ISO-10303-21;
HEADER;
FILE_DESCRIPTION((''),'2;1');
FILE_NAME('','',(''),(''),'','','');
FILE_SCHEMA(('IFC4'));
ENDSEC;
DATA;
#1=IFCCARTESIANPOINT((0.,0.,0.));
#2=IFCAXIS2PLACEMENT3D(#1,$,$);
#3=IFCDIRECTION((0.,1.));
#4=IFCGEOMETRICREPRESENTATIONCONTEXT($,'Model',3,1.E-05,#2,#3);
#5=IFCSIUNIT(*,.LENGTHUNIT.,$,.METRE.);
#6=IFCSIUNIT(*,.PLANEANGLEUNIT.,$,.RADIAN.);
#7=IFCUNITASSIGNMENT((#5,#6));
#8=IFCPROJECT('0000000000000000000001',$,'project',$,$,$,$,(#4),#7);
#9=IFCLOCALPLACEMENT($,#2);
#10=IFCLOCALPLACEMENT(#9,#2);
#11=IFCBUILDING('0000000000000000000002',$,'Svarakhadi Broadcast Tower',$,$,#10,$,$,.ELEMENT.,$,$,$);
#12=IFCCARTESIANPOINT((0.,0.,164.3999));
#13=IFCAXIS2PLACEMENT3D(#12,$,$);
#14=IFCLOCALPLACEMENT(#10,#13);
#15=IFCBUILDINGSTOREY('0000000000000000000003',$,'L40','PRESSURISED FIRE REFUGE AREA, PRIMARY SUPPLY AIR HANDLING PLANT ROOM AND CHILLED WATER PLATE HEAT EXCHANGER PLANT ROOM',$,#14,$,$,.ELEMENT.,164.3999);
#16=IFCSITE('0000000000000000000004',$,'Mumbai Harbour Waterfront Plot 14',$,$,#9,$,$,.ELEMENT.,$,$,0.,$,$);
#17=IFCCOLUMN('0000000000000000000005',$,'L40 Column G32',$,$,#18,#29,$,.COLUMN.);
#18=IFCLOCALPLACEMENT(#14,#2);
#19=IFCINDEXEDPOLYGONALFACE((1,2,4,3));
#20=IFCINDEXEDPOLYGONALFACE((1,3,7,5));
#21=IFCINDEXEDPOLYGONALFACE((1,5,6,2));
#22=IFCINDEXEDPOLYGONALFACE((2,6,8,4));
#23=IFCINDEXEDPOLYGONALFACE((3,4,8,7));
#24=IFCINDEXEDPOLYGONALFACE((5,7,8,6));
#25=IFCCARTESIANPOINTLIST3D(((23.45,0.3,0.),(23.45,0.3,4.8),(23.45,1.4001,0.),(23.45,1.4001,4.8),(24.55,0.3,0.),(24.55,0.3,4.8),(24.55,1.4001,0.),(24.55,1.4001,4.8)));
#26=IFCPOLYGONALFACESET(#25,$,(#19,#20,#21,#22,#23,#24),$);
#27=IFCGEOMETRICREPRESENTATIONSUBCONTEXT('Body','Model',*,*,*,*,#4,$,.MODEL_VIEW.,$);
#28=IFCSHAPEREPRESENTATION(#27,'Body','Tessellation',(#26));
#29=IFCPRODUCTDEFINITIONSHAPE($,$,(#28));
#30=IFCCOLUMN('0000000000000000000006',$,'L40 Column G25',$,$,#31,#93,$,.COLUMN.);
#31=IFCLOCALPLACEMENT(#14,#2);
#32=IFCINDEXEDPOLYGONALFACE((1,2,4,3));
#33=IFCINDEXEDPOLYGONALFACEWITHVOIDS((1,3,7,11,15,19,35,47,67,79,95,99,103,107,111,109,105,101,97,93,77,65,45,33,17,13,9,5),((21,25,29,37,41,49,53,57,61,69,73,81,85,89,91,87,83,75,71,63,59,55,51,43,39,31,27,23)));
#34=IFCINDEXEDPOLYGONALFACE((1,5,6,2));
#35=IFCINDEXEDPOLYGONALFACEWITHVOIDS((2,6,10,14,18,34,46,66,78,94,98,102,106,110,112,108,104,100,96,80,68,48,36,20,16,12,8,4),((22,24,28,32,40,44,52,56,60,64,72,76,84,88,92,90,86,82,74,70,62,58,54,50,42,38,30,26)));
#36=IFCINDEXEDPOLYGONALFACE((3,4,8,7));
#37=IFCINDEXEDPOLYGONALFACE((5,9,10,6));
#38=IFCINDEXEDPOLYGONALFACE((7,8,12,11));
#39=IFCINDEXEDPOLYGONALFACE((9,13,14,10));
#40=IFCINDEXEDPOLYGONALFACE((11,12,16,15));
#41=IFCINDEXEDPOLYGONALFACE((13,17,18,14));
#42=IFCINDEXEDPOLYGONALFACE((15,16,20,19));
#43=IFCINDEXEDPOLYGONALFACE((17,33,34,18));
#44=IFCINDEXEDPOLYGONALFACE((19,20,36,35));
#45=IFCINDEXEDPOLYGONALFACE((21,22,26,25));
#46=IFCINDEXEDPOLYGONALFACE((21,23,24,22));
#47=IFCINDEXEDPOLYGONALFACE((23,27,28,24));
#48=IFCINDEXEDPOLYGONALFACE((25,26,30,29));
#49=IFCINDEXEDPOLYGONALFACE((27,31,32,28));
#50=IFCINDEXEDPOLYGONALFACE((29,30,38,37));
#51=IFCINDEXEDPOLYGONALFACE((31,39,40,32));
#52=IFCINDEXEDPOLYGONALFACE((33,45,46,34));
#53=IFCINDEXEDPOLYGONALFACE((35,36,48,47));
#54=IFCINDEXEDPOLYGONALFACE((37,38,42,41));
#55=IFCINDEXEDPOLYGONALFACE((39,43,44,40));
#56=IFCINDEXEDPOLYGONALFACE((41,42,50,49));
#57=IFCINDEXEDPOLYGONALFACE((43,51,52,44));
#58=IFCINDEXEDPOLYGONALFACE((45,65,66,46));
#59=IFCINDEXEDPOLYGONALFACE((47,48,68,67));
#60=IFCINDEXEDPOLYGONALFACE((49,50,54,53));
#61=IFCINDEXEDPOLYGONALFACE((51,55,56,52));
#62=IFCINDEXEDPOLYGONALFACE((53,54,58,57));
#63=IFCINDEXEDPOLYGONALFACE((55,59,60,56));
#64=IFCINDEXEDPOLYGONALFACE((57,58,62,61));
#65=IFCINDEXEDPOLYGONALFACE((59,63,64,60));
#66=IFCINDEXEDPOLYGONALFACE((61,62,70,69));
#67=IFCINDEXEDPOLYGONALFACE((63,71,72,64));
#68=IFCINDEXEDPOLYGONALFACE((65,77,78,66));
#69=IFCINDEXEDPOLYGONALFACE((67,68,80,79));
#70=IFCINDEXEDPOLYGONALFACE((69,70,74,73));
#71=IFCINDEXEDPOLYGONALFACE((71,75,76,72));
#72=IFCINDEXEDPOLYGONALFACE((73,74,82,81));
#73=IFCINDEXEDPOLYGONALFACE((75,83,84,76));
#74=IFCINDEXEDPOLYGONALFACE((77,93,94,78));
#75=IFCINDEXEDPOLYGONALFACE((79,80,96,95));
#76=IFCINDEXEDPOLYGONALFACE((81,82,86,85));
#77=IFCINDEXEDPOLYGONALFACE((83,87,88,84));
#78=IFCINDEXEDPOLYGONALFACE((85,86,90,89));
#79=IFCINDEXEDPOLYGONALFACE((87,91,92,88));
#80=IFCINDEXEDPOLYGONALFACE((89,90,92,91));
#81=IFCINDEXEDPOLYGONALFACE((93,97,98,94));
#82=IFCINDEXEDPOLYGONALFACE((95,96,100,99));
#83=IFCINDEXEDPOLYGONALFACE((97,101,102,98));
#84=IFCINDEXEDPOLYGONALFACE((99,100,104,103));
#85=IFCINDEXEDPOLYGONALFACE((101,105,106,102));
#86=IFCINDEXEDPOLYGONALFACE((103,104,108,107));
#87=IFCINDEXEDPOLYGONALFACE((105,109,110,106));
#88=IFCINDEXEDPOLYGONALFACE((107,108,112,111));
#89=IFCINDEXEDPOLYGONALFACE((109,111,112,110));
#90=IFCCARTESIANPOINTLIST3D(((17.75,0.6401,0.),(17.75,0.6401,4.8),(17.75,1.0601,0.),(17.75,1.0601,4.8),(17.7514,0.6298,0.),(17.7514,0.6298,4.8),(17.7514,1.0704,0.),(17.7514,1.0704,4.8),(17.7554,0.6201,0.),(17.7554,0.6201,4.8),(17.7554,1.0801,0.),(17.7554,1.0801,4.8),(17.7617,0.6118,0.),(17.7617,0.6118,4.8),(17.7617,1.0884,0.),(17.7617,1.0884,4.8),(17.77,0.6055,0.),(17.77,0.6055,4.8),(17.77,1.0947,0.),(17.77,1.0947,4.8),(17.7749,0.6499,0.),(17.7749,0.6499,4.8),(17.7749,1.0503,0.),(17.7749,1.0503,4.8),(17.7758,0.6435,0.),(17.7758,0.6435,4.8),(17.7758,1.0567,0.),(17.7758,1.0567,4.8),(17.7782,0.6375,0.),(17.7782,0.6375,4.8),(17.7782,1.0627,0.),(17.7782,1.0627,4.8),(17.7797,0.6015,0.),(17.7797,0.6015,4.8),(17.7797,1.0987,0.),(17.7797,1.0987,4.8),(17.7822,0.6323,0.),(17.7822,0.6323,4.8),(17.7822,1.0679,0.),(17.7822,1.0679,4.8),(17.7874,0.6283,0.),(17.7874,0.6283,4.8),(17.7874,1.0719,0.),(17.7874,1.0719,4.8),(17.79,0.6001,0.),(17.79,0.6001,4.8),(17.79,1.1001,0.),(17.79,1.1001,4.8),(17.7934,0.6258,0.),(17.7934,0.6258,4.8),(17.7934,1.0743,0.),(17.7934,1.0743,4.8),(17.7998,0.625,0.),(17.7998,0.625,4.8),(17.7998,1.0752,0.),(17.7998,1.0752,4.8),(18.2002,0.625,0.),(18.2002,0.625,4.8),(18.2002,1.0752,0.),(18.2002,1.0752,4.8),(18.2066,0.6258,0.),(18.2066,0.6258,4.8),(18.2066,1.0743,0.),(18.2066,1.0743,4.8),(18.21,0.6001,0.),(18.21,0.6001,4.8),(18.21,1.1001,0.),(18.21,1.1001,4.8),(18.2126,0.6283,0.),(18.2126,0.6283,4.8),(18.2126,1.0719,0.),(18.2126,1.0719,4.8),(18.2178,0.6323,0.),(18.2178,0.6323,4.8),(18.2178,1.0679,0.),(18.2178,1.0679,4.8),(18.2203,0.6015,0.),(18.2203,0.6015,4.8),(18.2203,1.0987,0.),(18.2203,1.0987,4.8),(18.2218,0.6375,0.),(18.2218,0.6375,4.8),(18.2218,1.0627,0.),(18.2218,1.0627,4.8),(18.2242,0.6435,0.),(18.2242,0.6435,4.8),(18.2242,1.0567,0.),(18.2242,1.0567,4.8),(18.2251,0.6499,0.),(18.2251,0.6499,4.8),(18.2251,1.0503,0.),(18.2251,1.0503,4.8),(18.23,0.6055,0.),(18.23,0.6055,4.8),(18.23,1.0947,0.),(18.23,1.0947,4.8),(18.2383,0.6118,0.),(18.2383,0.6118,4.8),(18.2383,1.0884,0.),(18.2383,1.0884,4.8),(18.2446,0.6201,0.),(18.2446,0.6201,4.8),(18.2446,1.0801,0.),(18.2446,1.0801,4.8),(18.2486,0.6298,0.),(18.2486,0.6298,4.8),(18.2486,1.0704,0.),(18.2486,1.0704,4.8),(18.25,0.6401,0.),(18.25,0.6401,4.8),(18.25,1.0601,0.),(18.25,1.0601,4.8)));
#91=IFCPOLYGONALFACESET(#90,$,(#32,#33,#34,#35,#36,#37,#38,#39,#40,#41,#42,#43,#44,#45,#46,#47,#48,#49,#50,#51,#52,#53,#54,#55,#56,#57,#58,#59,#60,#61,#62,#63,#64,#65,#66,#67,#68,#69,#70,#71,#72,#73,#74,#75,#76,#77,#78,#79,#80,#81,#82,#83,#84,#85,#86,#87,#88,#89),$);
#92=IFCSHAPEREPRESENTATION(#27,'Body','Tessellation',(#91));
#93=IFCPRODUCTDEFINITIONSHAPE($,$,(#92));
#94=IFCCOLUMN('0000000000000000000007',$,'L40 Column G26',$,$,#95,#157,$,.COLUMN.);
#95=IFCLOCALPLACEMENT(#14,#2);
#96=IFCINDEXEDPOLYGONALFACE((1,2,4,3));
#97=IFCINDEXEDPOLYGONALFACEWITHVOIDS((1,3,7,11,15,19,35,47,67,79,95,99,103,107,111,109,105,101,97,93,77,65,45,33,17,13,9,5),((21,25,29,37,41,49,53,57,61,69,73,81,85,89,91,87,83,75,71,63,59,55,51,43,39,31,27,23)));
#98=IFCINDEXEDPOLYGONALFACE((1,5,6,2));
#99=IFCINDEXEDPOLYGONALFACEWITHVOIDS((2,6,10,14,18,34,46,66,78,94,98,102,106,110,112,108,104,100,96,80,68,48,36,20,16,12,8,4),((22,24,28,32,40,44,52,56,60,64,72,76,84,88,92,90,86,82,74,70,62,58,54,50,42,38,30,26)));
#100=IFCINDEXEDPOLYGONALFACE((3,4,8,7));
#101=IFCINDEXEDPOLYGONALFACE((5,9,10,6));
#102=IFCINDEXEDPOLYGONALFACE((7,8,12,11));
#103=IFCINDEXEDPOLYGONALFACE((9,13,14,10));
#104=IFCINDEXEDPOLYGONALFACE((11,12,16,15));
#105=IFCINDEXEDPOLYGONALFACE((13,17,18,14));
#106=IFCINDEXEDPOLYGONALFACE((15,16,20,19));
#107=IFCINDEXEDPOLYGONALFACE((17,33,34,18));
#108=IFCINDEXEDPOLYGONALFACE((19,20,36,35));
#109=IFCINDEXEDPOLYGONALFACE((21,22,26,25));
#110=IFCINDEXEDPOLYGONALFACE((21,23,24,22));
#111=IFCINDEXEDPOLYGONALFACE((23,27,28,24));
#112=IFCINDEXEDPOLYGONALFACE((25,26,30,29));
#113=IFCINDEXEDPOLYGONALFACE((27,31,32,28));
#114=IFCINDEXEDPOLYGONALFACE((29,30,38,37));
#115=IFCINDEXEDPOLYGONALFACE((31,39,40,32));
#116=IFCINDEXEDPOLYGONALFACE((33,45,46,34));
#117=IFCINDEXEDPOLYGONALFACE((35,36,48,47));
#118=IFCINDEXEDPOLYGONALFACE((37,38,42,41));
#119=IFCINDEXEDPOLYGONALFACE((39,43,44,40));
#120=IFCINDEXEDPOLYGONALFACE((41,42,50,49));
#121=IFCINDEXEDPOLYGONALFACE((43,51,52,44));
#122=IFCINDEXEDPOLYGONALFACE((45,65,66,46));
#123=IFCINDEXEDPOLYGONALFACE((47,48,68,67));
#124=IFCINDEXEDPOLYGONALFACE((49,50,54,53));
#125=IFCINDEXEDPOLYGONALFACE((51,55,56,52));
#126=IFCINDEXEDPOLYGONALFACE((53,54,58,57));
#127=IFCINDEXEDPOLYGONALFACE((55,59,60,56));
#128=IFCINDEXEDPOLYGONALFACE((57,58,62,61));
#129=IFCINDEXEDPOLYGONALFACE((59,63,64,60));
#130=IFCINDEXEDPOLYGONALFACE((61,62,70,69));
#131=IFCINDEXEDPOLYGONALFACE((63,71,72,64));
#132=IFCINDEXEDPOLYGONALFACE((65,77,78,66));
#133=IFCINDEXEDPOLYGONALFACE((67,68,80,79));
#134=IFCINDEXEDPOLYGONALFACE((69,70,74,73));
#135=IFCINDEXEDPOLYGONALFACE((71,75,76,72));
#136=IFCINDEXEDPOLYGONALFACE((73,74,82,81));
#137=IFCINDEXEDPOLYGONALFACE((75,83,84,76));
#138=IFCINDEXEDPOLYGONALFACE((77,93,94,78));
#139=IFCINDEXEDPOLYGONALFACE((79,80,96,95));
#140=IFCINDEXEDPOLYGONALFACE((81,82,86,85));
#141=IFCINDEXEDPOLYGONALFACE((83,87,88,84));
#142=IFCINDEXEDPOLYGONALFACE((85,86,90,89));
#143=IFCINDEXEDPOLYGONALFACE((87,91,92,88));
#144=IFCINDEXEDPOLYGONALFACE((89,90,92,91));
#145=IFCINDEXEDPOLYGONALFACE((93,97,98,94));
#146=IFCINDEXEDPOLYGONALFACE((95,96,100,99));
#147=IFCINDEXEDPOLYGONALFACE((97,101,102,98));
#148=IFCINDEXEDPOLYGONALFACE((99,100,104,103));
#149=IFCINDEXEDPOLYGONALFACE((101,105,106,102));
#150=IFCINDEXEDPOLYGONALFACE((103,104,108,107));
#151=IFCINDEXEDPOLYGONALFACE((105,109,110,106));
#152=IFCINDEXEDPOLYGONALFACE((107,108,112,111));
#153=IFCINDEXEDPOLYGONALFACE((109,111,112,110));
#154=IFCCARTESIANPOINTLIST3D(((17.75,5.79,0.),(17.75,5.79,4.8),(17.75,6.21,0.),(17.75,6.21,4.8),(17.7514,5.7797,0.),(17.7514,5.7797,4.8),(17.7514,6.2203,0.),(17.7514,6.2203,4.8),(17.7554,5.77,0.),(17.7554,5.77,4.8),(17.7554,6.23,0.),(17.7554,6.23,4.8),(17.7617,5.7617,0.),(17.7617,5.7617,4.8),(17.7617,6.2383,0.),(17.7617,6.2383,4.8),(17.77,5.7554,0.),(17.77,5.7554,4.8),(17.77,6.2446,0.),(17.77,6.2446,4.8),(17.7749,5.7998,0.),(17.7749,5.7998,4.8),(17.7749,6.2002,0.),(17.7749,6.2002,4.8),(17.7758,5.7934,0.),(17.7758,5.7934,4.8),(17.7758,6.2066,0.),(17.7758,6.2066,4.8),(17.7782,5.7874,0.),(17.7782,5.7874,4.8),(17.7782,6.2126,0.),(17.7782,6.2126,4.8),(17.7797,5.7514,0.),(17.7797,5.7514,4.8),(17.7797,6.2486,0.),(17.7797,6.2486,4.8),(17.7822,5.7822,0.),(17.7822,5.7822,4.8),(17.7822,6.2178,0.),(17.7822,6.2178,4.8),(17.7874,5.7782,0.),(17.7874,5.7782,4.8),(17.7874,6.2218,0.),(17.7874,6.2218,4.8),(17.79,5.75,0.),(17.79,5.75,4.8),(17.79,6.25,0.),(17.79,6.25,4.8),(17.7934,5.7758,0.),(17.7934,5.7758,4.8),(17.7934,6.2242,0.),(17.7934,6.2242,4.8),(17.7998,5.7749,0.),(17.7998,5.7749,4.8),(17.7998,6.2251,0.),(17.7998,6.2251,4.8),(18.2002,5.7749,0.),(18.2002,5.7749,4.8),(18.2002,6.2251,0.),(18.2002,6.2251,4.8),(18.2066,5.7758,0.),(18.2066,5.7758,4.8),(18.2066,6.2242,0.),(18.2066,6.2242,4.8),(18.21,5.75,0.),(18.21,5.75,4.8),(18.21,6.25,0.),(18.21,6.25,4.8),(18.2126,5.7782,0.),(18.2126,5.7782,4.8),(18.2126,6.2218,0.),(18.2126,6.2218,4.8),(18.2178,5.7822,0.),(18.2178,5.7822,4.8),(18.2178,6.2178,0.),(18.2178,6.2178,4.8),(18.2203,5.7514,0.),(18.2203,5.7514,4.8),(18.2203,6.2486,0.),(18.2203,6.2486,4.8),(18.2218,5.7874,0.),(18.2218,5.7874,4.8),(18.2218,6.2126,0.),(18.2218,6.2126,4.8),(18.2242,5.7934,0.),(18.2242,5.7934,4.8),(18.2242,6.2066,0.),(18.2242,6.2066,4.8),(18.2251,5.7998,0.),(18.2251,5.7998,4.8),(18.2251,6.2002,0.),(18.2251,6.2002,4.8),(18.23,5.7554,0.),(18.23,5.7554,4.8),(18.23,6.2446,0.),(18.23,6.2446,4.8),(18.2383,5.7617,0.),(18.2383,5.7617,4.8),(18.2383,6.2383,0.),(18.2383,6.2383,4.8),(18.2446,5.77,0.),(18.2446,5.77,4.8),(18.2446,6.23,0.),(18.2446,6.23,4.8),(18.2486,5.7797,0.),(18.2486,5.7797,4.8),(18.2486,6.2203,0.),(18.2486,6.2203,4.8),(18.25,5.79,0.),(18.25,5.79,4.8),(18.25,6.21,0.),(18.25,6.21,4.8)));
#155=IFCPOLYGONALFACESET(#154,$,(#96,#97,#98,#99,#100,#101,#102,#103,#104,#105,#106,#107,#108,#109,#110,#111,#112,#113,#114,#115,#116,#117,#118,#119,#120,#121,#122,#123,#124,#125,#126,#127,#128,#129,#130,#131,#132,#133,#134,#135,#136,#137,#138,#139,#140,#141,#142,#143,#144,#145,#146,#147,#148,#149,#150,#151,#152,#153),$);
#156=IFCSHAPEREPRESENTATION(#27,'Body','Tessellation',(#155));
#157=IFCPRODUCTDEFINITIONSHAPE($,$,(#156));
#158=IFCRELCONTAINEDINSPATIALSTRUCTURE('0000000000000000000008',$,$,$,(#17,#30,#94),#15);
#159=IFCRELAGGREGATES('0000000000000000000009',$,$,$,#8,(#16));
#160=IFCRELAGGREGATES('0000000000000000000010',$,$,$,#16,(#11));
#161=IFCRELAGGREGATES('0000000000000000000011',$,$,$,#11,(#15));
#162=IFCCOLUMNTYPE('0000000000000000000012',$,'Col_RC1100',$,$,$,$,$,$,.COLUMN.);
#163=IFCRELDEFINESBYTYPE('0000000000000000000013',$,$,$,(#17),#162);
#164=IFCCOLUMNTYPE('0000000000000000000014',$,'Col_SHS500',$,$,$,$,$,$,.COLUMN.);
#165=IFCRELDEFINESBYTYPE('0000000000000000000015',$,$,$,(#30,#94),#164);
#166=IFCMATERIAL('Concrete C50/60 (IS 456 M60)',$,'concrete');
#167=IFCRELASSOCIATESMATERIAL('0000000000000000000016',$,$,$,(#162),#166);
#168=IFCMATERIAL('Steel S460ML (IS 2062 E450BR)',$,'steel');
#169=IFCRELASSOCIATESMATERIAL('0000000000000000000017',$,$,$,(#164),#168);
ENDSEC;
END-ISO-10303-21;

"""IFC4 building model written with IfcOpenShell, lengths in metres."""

from ifc_helpers import new_model, si_unit, direction, frame, origin, origin_2d, place, context, subcontext, project, spatial, rectangle, hollow_rectangle, extrude, material, material_profile, profile_set, type_object, element, save


model = new_model("IFC4")

# Units and contexts
model_context = context("Model", 3, precision=1e-05, world=origin(), true_north=direction((0.0, 1.0)))
body_context = subcontext(model_context, "Body", "Model", "MODEL_VIEW")
ifc_project = project(units=[si_unit("LENGTHUNIT", "METRE"), si_unit("PLANEANGLEUNIT", "RADIAN")], contexts=[model_context])

# Site, building, storey
site_placement = place(None, origin())
site = spatial("IfcSite", under=ifc_project, at=site_placement, Name="Mumbai Harbour Waterfront Plot 14", CompositionType="ELEMENT", RefElevation=0.0)
building_placement = place(site_placement, origin())
building = spatial("IfcBuilding", under=site, at=building_placement, Name="Svarakhadi Broadcast Tower", CompositionType="ELEMENT")
storey_placement = place(building_placement, frame((0.0, 0.0, 164.3999)))
storey = spatial("IfcBuildingStorey", under=building, at=storey_placement, Name="L40", Description="PRESSURISED FIRE REFUGE AREA, PRIMARY SUPPLY AIR HANDLING PLANT ROOM AND CHILLED WATER PLATE HEAT EXCHANGER PLANT ROOM", CompositionType="ELEMENT", Elevation=164.3999)

# Columns
ifc_material_1 = material(Name="Concrete C50/60 (IS 456 M60)", Category="concrete")
ifc_material_profile_1 = material_profile(ifc_material_1, rectangle(XDim=1.1001, YDim=1.1001, at=origin_2d()), Name="RC 1100x1100")
ifc_profile_set_1 = profile_set([ifc_material_profile_1], Name="Concrete C50/60 (IS 456 M60)")
column_type_1 = type_object("IfcColumnType", Name="Col_RC1100", PredefinedType="COLUMN", material=ifc_profile_set_1)
column_placement = place(storey_placement, frame((24.0, 0.8501, 0.0), z_axis=(0.0, 0.0, 1.0), x_axis=(1.0, 0.0, 0.0)))
element("IfcColumn", 1, at=column_placement, inside=storey, type_object=column_type_1, Name="L40 Column G32", PredefinedType="COLUMN", context=body_context, shape_type="SweptSolid", body=[
    extrude(rectangle(XDim=1.1001, YDim=1.1001, at=origin_2d()), origin(), (0.0, 0.0, 1.0), 4.8),
])
ifc_material_2 = material(Name="Steel S460ML (IS 2062 E450BR)", Category="steel")
ifc_material_profile_2 = material_profile(ifc_material_2, hollow_rectangle(XDim=0.5, YDim=0.5, WallThickness=0.0249, InnerFilletRadius=0.0249, OuterFilletRadius=0.04, at=origin_2d()), Name="SHS 500x500x25")
ifc_profile_set_2 = profile_set([ifc_material_profile_2], Name="Steel S460ML (IS 2062 E450BR)")
column_type_2 = type_object("IfcColumnType", Name="Col_SHS500", PredefinedType="COLUMN", material=ifc_profile_set_2)
for number, where, z_axis, x_axis, name in (
    (2, (18.0, 0.8501, 0.0), (0.0, 0.0, 1.0), (1.0, 0.0, 0.0), "L40 Column G25"),
    (3, (18.0, 6.0, 0.0), (0.0, 0.0, 1.0), (1.0, 0.0, 0.0), "L40 Column G26"),
):
    element("IfcColumn", number, at=place(storey_placement, frame(where, z_axis=z_axis, x_axis=x_axis)), inside=storey, type_object=column_type_2, Name=name, PredefinedType="COLUMN", context=body_context, shape_type="SweptSolid", body=[
        extrude(hollow_rectangle(XDim=0.5, YDim=0.5, WallThickness=0.0249, InnerFilletRadius=0.0249, OuterFilletRadius=0.04, at=origin_2d()), origin(), (0.0, 0.0, 1.0), 4.8),
    ])

save(model, "model.ifc")
